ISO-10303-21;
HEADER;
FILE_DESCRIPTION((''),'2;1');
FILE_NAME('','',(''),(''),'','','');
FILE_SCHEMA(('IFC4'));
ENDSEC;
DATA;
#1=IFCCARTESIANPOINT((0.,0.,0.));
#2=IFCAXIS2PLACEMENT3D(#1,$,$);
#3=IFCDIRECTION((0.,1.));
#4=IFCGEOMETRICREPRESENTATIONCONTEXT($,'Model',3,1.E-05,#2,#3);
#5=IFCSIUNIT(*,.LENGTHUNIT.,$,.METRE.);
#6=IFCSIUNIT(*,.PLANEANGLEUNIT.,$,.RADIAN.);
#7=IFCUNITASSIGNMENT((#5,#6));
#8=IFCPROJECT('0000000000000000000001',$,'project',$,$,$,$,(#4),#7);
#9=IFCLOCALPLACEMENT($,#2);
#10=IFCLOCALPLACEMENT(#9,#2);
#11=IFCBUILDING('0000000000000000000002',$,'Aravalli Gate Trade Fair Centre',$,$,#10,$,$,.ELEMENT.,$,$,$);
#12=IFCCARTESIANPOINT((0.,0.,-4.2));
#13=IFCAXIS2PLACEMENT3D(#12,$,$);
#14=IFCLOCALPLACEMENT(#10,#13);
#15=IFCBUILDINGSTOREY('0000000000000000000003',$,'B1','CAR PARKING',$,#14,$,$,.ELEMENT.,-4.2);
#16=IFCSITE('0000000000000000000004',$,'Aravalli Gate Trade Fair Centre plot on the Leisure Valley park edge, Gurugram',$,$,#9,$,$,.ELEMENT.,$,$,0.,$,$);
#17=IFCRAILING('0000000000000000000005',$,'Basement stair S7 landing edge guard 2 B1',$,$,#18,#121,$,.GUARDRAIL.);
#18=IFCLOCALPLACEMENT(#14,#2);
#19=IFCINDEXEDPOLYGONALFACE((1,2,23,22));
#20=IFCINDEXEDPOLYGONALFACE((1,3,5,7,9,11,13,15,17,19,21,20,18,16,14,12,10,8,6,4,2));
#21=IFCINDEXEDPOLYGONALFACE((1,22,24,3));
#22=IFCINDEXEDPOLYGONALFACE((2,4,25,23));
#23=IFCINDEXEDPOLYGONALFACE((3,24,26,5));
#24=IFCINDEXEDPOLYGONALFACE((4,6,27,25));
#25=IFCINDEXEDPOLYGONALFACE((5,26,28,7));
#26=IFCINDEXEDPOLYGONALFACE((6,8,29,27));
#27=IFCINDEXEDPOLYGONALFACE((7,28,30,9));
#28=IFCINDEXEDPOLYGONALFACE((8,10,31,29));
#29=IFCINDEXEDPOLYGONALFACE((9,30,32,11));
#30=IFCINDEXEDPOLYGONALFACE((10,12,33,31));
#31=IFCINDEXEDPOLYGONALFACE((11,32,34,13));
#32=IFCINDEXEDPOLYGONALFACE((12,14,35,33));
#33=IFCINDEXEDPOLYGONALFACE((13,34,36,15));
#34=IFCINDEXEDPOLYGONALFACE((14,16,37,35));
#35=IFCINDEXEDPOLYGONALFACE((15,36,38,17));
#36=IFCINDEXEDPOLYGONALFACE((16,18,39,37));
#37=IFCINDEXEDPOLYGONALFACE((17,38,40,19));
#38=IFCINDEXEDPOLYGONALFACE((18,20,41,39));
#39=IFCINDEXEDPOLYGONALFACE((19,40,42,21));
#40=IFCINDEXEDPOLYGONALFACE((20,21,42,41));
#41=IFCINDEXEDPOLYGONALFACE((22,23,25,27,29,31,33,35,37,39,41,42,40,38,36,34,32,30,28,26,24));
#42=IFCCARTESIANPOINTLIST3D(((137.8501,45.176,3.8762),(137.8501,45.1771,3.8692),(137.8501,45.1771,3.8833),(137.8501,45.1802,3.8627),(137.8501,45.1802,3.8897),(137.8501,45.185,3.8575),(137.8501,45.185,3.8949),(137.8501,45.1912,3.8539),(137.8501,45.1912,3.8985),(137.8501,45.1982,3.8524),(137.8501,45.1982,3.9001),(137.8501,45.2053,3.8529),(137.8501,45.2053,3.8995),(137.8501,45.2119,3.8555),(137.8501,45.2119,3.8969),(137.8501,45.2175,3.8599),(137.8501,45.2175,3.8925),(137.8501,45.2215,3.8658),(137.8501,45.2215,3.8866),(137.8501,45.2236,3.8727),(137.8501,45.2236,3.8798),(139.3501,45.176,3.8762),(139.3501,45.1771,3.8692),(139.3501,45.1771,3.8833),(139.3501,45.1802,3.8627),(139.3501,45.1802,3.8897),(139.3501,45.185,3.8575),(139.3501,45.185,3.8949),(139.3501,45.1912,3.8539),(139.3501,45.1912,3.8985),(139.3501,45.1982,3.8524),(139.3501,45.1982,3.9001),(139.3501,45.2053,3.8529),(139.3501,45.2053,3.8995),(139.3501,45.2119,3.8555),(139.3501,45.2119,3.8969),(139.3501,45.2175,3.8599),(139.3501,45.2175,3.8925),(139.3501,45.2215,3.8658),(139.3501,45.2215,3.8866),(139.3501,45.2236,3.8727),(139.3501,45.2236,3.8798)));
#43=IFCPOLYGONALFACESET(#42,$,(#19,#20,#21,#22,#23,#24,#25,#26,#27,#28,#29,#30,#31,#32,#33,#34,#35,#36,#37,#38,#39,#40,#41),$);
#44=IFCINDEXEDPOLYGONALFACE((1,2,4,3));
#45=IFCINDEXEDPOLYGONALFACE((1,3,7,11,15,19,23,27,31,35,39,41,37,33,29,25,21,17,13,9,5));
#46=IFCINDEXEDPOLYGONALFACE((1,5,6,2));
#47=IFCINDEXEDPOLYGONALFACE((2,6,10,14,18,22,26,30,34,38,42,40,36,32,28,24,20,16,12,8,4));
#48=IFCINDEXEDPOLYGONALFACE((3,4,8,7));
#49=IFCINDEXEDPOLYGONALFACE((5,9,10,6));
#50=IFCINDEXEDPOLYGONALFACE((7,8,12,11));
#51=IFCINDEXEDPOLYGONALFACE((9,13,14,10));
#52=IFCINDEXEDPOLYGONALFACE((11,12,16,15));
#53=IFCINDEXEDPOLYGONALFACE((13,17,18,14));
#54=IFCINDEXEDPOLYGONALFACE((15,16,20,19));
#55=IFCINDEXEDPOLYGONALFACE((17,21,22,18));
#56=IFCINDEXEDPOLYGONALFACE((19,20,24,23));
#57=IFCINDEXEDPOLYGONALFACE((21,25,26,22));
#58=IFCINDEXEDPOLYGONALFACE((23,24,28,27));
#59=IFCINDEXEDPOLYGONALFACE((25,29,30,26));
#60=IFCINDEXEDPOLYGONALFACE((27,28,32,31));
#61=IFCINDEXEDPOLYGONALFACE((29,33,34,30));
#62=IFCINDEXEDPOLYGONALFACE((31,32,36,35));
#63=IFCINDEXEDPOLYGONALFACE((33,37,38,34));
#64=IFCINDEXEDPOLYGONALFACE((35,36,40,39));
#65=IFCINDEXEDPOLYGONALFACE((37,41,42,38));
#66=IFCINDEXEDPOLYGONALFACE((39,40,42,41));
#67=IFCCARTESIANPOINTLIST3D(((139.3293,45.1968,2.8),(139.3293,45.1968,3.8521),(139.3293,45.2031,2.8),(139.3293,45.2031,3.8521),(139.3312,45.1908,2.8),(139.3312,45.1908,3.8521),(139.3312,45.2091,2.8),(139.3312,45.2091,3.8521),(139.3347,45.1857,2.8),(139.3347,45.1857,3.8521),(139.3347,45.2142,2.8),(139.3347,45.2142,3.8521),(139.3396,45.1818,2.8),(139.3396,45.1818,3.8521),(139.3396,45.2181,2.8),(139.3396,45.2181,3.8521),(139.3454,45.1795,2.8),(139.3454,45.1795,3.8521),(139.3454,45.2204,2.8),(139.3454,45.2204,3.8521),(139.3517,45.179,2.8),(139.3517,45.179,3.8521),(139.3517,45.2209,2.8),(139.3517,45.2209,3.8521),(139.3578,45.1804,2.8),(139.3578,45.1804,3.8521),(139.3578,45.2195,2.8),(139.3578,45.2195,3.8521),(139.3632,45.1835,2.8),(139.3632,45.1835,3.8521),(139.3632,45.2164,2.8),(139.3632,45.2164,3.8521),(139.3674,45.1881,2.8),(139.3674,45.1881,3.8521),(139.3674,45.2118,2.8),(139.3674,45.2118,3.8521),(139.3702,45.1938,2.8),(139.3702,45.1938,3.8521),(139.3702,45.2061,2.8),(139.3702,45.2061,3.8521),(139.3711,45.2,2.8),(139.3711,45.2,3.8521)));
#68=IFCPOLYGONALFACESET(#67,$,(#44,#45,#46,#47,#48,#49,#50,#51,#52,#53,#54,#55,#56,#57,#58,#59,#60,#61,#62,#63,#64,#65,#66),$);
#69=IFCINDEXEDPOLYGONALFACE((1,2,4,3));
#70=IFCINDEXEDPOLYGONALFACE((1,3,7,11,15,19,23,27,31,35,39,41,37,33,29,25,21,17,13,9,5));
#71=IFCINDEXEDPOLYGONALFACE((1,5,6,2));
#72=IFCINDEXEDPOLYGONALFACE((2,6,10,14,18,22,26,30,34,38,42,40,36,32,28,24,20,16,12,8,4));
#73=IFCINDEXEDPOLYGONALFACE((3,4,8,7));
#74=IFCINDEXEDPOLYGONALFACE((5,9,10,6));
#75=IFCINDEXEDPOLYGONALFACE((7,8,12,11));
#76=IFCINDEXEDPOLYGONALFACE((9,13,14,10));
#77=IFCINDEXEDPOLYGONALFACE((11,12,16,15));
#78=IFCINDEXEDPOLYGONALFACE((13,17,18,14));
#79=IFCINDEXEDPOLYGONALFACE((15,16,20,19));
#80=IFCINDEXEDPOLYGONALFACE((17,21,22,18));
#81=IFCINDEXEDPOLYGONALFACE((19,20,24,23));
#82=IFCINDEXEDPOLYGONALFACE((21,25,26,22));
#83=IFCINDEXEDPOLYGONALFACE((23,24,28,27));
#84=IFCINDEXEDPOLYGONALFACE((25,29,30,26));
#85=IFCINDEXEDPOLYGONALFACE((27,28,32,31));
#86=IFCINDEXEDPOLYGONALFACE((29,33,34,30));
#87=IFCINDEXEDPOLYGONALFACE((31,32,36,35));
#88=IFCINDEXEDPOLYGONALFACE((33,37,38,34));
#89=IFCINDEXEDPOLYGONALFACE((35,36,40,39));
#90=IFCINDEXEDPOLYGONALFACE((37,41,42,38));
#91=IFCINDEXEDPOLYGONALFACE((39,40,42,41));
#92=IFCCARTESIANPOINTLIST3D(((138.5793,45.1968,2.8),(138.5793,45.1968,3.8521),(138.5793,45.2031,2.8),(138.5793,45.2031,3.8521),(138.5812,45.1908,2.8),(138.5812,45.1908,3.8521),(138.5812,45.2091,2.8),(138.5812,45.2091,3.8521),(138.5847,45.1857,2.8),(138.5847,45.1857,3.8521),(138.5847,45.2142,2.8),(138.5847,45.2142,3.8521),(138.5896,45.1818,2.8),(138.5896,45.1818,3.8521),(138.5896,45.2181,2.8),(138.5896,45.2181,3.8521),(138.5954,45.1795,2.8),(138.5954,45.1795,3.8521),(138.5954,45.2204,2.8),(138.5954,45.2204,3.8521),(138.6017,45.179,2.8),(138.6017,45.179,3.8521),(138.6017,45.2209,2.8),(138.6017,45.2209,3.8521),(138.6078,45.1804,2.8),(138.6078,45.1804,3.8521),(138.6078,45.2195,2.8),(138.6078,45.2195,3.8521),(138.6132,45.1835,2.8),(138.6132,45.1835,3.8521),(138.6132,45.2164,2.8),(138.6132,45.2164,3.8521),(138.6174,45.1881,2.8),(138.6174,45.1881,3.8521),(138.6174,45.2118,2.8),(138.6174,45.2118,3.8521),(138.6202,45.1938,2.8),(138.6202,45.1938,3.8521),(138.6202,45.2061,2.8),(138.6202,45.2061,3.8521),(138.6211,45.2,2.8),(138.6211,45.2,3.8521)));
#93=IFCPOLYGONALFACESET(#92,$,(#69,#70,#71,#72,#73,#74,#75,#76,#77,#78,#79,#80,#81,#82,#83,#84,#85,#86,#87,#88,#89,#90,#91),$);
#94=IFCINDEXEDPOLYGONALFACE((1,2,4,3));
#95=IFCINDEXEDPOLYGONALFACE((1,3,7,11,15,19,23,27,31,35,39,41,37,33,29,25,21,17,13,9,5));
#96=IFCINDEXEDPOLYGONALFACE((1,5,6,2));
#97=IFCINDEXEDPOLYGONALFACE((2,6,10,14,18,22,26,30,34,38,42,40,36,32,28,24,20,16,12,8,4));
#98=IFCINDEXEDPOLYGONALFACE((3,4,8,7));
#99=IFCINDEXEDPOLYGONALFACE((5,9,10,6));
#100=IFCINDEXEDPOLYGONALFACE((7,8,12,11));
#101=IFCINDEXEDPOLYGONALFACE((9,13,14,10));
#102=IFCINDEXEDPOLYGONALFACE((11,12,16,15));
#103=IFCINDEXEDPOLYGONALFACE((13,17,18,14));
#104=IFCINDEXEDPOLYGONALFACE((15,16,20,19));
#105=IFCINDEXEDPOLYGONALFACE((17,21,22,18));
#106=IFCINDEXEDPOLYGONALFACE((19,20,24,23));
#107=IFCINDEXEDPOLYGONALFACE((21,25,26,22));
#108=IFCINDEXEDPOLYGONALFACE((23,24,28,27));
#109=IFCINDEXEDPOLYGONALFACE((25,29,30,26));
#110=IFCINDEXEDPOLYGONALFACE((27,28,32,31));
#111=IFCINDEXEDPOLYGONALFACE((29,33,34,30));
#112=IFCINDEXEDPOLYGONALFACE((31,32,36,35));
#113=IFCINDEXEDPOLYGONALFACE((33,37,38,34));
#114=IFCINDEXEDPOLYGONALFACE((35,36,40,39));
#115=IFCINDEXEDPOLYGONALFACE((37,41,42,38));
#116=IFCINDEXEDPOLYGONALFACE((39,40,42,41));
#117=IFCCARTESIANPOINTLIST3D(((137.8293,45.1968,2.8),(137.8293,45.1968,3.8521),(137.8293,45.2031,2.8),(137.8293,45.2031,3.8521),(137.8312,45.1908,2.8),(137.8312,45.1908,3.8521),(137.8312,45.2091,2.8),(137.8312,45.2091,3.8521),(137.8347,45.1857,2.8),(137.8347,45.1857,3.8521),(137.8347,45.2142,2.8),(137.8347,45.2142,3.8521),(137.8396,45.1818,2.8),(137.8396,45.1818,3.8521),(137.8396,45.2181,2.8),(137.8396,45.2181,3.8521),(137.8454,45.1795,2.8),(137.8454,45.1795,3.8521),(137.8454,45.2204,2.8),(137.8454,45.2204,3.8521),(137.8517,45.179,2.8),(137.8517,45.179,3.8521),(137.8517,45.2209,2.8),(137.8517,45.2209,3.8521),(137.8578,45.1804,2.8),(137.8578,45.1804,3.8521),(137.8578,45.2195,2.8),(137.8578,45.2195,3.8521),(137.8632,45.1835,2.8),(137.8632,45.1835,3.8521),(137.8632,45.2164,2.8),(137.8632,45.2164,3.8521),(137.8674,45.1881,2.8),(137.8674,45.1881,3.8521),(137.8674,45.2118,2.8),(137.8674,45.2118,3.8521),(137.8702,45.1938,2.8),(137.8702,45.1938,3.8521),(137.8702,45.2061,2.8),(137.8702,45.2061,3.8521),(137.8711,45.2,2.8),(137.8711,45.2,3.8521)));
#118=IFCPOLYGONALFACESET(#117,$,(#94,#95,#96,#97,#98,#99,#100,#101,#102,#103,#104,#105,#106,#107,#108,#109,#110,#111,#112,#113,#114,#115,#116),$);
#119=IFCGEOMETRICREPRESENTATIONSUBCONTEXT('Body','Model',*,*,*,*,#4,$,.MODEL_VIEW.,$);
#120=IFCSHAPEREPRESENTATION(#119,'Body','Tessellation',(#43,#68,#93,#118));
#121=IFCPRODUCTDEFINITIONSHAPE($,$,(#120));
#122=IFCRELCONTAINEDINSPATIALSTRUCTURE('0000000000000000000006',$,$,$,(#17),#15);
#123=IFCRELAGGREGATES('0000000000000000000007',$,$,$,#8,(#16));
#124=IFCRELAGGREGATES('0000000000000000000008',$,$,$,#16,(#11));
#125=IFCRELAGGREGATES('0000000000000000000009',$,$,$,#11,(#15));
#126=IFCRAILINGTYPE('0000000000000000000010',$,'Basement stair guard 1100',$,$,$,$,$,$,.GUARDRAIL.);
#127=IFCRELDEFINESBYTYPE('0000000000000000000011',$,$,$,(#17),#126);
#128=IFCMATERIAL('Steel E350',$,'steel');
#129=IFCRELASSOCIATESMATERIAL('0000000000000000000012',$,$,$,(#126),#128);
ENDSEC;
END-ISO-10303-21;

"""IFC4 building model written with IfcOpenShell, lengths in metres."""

from ifc_helpers import new_model, si_unit, direction, frame, origin, origin_2d, place, context, subcontext, project, spatial, circle, extrude, material, type_object, element, save


model = new_model("IFC4")

# Units and contexts
model_context = context("Model", 3, precision=1e-05, world=origin(), true_north=direction((0.0, 1.0)))
body_context = subcontext(model_context, "Body", "Model", "MODEL_VIEW")
ifc_project = project(units=[si_unit("LENGTHUNIT", "METRE"), si_unit("PLANEANGLEUNIT", "RADIAN")], contexts=[model_context])

# Site, building, storey
site_placement = place(None, origin())
site = spatial("IfcSite", under=ifc_project, at=site_placement, Name="Aravalli Gate Trade Fair Centre plot on the Leisure Valley park edge, Gurugram", CompositionType="ELEMENT", RefElevation=0.0)
building_placement = place(site_placement, origin())
building = spatial("IfcBuilding", under=site, at=building_placement, Name="Aravalli Gate Trade Fair Centre", CompositionType="ELEMENT")
storey_placement = place(building_placement, frame((0.0, 0.0, -4.2)))
storey = spatial("IfcBuildingStorey", under=building, at=storey_placement, Name="B1", Description="CAR PARKING", CompositionType="ELEMENT", Elevation=-4.2)

# Railing
ifc_material_1 = material(Name="Steel E350", Category="steel")
railing_type_1 = type_object("IfcRailingType", Name="Basement stair guard 1100", PredefinedType="GUARDRAIL", material=ifc_material_1)
railing_1_placement = place(storey_placement, frame((139.3501, 45.2, 2.8)))
element("IfcRailing", 1, at=railing_1_placement, inside=storey, type_object=railing_type_1, Name="Basement stair S7 landing edge guard 2 B1", PredefinedType="GUARDRAIL", context=body_context, shape_type="SweptSolid", body=[
    extrude(circle(Radius=0.0239, at=origin_2d()), frame((0.0, 0.0, 1.0762), z_axis=(-1.0, 0.0, 0.0), x_axis=(0.0, -1.0, 0.0)), (0.0, 0.0, 1.0), 1.5),
    extrude(circle(Radius=0.021, at=origin_2d()), origin(), (0.0, 0.0, 1.0), 1.052),
    extrude(circle(Radius=0.021, at=origin_2d()), frame((-0.75, 0.0, 0.0)), (0.0, 0.0, 1.0), 1.052),
    extrude(circle(Radius=0.021, at=origin_2d()), frame((-1.5, 0.0, 0.0)), (0.0, 0.0, 1.0), 1.052),
])

save(model, "model.ifc")
